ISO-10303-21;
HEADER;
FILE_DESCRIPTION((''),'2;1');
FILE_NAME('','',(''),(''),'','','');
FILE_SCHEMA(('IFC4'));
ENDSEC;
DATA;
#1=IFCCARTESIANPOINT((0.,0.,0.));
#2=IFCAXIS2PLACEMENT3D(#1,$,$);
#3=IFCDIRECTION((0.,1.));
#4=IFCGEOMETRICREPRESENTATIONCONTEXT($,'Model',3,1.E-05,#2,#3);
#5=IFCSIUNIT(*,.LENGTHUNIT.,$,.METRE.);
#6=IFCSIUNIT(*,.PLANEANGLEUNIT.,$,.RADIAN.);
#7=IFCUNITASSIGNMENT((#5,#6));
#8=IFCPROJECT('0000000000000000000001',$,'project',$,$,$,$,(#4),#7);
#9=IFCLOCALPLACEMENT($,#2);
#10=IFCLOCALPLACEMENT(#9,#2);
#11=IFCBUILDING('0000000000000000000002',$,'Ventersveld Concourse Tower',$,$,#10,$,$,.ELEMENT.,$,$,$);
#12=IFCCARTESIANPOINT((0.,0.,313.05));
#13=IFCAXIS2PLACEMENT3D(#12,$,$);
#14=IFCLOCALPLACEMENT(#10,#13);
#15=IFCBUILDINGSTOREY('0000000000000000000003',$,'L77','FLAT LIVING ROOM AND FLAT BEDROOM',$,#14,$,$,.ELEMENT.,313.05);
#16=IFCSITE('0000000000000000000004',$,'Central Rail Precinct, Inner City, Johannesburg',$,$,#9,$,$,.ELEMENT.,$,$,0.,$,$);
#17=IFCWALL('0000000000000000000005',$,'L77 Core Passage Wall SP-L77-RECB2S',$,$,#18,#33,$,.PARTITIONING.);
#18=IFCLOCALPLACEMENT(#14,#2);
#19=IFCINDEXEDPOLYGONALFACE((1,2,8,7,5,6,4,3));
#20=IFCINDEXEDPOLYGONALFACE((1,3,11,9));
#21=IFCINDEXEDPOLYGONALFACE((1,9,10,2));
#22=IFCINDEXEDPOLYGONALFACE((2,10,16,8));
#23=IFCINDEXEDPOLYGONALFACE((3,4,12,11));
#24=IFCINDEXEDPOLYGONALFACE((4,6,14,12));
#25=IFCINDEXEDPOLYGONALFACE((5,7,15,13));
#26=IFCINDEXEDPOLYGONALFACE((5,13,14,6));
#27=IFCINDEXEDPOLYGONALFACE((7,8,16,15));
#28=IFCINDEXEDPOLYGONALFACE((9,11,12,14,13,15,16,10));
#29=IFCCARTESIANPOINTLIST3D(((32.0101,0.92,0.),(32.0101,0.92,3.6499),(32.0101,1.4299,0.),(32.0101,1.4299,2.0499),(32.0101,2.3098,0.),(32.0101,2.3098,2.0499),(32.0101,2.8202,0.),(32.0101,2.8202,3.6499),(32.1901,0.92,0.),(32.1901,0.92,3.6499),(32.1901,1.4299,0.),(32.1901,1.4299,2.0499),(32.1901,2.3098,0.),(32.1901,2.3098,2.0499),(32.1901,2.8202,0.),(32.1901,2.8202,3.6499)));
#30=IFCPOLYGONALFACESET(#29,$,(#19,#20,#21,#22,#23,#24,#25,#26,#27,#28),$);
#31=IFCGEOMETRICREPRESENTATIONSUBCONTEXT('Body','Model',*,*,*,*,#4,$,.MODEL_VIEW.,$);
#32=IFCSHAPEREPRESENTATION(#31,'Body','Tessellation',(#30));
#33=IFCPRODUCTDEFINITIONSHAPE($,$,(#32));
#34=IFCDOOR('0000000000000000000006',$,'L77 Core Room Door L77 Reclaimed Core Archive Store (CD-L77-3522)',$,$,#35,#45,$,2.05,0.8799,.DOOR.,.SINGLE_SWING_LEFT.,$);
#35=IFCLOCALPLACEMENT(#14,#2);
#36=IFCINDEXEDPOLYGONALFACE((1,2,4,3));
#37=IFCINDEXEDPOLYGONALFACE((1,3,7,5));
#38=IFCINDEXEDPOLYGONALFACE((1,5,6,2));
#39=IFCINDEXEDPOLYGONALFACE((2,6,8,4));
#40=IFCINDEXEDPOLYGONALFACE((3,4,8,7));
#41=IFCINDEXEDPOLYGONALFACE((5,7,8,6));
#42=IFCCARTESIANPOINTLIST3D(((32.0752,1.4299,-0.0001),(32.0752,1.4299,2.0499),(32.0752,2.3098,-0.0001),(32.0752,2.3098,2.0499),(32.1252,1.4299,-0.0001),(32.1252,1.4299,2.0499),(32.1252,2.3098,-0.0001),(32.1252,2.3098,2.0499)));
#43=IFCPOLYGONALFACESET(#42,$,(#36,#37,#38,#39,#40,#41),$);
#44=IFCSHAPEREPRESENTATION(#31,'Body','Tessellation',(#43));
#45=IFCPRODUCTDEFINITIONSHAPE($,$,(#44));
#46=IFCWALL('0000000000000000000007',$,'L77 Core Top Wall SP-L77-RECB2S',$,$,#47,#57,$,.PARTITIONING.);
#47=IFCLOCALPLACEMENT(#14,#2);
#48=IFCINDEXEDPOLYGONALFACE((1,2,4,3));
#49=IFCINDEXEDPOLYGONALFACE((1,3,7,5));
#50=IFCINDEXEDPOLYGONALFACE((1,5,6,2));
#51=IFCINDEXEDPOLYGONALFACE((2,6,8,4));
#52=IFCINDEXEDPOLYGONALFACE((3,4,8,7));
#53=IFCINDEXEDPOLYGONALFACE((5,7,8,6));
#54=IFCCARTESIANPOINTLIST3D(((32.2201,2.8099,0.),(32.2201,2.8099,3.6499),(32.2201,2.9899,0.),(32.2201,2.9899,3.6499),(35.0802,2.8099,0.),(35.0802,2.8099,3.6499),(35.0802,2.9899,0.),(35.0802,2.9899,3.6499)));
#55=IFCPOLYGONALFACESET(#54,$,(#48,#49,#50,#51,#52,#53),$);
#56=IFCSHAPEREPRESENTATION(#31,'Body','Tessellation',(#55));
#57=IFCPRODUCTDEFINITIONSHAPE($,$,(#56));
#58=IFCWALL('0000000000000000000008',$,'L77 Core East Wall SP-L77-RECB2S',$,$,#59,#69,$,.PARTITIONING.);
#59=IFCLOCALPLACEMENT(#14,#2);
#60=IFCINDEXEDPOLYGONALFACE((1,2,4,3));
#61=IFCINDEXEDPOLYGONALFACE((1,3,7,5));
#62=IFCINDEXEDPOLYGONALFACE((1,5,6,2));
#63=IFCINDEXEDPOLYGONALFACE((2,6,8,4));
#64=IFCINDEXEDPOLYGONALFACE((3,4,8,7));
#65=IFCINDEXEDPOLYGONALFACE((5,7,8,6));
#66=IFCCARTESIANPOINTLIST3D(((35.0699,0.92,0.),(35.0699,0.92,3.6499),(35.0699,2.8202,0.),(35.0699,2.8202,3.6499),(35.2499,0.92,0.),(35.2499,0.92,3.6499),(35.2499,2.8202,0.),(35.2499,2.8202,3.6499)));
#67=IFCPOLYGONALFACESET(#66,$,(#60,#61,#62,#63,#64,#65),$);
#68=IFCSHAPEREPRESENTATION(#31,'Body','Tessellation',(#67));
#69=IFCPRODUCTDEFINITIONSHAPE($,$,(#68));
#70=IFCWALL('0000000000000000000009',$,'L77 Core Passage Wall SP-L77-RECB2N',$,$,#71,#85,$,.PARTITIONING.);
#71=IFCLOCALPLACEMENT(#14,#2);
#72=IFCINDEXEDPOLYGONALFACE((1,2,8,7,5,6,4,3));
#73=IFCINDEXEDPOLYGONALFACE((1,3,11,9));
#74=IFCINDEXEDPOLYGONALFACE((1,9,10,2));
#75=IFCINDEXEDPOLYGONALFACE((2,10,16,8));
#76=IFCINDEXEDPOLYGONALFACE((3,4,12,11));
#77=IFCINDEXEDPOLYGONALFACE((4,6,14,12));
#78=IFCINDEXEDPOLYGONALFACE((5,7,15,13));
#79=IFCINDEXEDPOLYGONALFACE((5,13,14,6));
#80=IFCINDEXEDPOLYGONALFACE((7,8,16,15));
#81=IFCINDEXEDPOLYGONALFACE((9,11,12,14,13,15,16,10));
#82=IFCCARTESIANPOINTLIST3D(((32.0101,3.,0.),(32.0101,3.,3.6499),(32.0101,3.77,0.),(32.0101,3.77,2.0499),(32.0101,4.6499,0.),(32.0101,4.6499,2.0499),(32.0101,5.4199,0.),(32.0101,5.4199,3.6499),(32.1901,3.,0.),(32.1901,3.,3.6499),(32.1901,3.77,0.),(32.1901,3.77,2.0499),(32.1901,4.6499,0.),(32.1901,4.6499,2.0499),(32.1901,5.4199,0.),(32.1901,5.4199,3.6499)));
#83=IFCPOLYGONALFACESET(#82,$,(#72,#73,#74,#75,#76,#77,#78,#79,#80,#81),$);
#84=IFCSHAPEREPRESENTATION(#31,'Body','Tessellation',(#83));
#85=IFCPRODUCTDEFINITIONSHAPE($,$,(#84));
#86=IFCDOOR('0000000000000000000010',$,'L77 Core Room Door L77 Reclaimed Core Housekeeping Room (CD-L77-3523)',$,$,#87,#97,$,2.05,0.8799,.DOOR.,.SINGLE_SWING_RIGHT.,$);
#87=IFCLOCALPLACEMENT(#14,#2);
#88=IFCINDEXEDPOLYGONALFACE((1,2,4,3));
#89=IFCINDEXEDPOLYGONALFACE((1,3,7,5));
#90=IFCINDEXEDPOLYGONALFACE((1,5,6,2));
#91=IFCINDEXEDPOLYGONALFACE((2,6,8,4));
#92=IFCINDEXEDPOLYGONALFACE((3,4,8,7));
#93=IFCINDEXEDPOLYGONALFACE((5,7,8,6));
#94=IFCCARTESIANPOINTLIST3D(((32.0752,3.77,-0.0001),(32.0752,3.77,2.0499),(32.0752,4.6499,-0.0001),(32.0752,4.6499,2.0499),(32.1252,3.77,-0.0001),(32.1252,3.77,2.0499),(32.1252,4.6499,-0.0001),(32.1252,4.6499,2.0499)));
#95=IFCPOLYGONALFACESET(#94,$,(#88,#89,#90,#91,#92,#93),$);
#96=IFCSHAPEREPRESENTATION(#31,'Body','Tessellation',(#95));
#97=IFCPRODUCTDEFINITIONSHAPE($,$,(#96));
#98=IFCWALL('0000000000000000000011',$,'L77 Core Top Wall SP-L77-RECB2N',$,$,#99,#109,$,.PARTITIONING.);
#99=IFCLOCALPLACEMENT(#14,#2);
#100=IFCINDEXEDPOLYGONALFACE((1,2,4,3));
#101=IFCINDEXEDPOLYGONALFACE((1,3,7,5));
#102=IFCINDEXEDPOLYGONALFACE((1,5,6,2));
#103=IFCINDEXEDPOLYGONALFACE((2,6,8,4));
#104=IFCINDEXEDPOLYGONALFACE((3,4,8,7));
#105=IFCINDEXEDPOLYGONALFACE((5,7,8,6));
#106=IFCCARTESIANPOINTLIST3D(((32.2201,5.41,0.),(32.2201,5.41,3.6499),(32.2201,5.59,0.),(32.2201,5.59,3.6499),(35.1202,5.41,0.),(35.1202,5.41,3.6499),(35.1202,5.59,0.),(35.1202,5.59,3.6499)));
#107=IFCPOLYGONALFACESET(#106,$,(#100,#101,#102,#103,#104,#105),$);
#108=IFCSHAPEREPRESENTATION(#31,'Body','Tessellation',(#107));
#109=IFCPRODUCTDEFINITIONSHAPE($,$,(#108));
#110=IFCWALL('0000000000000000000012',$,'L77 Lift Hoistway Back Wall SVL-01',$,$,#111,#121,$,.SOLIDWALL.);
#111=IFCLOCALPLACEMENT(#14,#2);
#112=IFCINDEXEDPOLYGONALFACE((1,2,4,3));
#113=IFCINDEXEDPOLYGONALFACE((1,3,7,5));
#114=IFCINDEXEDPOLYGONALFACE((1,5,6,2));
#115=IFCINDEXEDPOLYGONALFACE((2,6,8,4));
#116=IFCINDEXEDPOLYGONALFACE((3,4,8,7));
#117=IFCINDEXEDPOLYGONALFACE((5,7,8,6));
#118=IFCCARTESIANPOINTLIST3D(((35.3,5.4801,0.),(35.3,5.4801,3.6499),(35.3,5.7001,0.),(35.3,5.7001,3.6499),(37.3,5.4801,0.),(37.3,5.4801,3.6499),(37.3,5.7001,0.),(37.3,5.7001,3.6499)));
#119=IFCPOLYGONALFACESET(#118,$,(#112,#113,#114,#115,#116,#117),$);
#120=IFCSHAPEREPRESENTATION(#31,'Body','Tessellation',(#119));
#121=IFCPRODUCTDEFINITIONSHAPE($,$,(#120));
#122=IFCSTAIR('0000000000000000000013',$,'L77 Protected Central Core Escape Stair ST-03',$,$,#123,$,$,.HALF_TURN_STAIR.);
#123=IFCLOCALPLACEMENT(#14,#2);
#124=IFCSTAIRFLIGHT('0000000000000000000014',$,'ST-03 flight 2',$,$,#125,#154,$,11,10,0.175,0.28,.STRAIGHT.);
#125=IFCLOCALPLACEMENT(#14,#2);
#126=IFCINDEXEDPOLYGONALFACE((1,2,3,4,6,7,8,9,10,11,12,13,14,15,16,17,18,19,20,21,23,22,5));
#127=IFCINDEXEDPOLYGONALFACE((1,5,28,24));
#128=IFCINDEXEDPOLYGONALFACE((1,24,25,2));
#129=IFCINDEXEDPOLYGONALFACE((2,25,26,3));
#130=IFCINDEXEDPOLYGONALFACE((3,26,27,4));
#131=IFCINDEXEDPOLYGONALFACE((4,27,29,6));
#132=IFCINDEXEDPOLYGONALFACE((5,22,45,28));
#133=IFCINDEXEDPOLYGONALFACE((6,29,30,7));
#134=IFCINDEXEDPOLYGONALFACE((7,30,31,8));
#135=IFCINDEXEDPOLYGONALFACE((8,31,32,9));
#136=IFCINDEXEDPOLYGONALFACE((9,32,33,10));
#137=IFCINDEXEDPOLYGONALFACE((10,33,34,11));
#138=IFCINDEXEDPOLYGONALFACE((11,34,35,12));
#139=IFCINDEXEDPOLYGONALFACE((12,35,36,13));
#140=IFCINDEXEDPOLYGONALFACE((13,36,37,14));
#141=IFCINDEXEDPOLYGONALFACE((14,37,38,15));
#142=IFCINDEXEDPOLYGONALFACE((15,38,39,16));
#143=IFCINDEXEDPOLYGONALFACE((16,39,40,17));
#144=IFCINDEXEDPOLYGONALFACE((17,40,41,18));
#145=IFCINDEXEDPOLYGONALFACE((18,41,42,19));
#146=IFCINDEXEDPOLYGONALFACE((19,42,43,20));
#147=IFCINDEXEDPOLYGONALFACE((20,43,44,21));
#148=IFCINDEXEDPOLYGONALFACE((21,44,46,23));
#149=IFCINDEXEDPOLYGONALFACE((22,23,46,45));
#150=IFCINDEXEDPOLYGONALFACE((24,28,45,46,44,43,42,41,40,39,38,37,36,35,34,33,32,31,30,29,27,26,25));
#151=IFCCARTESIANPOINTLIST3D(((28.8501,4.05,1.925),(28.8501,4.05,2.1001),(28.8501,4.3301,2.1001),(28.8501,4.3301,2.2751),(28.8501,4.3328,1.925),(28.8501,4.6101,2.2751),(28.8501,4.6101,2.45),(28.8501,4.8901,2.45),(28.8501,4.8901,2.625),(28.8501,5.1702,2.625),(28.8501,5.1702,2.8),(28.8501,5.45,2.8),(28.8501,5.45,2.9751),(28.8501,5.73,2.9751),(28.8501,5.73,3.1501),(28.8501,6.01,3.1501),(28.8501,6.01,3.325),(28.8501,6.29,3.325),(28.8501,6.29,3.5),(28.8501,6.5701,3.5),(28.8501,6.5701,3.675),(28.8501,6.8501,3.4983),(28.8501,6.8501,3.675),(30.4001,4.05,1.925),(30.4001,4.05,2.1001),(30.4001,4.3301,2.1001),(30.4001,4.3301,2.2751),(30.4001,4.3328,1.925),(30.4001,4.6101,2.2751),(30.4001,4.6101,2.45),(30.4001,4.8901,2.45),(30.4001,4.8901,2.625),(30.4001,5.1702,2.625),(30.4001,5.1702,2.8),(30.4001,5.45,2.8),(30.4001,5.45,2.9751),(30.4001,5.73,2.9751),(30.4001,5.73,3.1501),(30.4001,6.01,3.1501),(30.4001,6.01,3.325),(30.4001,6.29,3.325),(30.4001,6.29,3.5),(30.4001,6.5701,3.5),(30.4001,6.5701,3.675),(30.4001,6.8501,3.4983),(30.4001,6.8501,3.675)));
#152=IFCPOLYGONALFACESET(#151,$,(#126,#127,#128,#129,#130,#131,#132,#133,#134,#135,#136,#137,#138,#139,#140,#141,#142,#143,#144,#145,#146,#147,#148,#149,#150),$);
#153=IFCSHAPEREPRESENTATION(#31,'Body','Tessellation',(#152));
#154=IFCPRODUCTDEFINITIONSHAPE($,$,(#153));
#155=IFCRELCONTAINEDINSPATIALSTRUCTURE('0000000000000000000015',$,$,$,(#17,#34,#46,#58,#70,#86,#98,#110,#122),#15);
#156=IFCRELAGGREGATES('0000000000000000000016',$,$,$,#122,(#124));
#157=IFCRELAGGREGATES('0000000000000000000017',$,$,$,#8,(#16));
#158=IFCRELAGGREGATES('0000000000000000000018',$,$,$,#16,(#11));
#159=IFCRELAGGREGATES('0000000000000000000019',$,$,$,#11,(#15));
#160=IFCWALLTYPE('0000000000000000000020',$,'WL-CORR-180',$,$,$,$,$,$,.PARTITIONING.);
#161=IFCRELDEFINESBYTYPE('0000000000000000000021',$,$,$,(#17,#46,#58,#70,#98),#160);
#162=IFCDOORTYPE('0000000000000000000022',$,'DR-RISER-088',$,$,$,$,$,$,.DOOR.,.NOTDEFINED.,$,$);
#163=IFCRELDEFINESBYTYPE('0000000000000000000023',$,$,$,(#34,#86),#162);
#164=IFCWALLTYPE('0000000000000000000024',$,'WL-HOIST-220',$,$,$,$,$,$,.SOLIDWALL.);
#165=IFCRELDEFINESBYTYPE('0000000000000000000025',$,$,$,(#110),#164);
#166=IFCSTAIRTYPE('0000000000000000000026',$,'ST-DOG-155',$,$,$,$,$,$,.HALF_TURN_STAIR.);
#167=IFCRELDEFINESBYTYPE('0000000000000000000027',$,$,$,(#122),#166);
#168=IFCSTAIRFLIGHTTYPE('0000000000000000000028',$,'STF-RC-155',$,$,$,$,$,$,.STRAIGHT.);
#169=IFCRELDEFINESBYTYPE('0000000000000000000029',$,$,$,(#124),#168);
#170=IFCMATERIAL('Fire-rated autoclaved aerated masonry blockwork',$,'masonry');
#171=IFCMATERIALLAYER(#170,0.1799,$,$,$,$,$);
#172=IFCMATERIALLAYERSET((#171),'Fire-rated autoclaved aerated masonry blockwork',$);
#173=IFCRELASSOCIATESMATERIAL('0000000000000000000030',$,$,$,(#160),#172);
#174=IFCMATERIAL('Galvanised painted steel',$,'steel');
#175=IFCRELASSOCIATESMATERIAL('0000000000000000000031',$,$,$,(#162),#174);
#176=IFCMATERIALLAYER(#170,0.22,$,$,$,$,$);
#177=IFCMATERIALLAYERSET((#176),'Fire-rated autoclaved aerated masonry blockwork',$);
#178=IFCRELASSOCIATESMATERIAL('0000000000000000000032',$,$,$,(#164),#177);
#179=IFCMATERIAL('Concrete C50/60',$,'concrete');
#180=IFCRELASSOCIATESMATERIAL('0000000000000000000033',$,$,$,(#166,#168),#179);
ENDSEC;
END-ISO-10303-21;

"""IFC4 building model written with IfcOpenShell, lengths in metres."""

from ifc_helpers import new_model, si_unit, direction, frame, frame_2d, origin, place, context, subcontext, project, spatial, polyline, rectangle, outline, extrude, material, layer, layer_set, type_object, element, fill, aggregate, save


model = new_model("IFC4")

# Units and contexts
model_context = context("Model", 3, precision=1e-05, world=origin(), true_north=direction((0.0, 1.0)))
body_context = subcontext(model_context, "Body", "Model", "MODEL_VIEW")
ifc_project = project(units=[si_unit("LENGTHUNIT", "METRE"), si_unit("PLANEANGLEUNIT", "RADIAN")], contexts=[model_context])

# Site, building, storey
site_placement = place(None, origin())
site = spatial("IfcSite", under=ifc_project, at=site_placement, Name="Central Rail Precinct, Inner City, Johannesburg", CompositionType="ELEMENT", RefElevation=0.0)
building_placement = place(site_placement, origin())
building = spatial("IfcBuilding", under=site, at=building_placement, Name="Ventersveld Concourse Tower", CompositionType="ELEMENT")
storey_placement = place(building_placement, frame((0.0, 0.0, 313.05)))
storey = spatial("IfcBuildingStorey", under=building, at=storey_placement, Name="L77", Description="FLAT LIVING ROOM AND FLAT BEDROOM", CompositionType="ELEMENT", Elevation=313.05)

# Shared definitions
ifc_material_1 = material(Name="Concrete C50/60", Category="concrete")

# Wall, opening, door
ifc_material_2 = material(Name="Fire-rated autoclaved aerated masonry blockwork", Category="masonry")
ifc_layer_1 = layer(ifc_material_2, 0.1799)
ifc_layer_set_1 = layer_set([ifc_layer_1], Name="Fire-rated autoclaved aerated masonry blockwork")
wall_type_1 = type_object("IfcWallType", Name="WL-CORR-180", PredefinedType="PARTITIONING", material=ifc_layer_set_1)
wall_1_placement = place(storey_placement, frame((32.1001, 0.9199, 0.0), z_axis=(0.0, 0.0, 1.0), x_axis=(0.0, 1.0, 0.0)))
wall_1 = element("IfcWall", 1, at=wall_1_placement, inside=storey, type_object=wall_type_1, Name="L77 Core Passage Wall SP-L77-RECB2S", PredefinedType="PARTITIONING", context=body_context, shape_type="SweptSolid", body=[
    extrude(rectangle(XDim=1.9001, YDim=0.1799, at=frame_2d((0.9502, 0.0))), origin(), (0.0, 0.0, 1.0), 3.6499),
])
opening_1_placement = place(wall_1_placement, frame((0.51, 0.0, 0.0)))
opening_1 = element("IfcOpeningElement", 2, at=opening_1_placement, cuts=wall_1, PredefinedType="OPENING", context=body_context, shape_type="SweptSolid", body=[
    extrude(rectangle(XDim=0.8799, YDim=2.05, at=frame_2d((0.4399, 1.0249))), frame((0.0, 0.1001, 0.0), z_axis=(0.0, -1.0, 0.0), x_axis=(1.0, 0.0, 0.0)), (0.0, 0.0, 1.0), 0.2),
])
ifc_material_3 = material(Name="Galvanised painted steel", Category="steel")
door_type = type_object("IfcDoorType", Name="DR-RISER-088", OperationType="NOTDEFINED", PredefinedType="DOOR", material=ifc_material_3)
door_1_placement = place(opening_1_placement, origin())
door_1 = element("IfcDoor", 3, at=door_1_placement, inside=storey, type_object=door_type, Name="L77 Core Room Door L77 Reclaimed Core Archive Store (CD-L77-3522)", OperationType="SINGLE_SWING_LEFT", OverallHeight=2.05, OverallWidth=0.8799, PredefinedType="DOOR", context=body_context, shape_type="SweptSolid", body=[
    extrude(rectangle(XDim=0.8799, YDim=2.05, at=frame_2d((0.4399, 1.0249))), frame((0.0, 0.0249, 0.0), z_axis=(0.0, -1.0, 0.0), x_axis=(1.0, 0.0, 0.0)), (0.0, 0.0, 1.0), 0.05),
])
fill(opening_1, door_1)

# Walls
wall_2_placement = place(storey_placement, frame((32.22, 2.8999, 0.0), z_axis=(0.0, 0.0, 1.0), x_axis=(1.0, 0.0, 0.0)))
element("IfcWall", 4, at=wall_2_placement, inside=storey, type_object=wall_type_1, Name="L77 Core Top Wall SP-L77-RECB2S", PredefinedType="PARTITIONING", context=body_context, shape_type="SweptSolid", body=[
    extrude(rectangle(XDim=2.8601, YDim=0.1799, at=frame_2d((1.4302, 0.0))), origin(), (0.0, 0.0, 1.0), 3.6499),
])
wall_3_placement = place(storey_placement, frame((35.1599, 0.9199, 0.0), z_axis=(0.0, 0.0, 1.0), x_axis=(0.0, 1.0, 0.0)))
element("IfcWall", 5, at=wall_3_placement, inside=storey, type_object=wall_type_1, Name="L77 Core East Wall SP-L77-RECB2S", PredefinedType="PARTITIONING", context=body_context, shape_type="SweptSolid", body=[
    extrude(rectangle(XDim=1.9001, YDim=0.1799, at=frame_2d((0.9502, 0.0))), origin(), (0.0, 0.0, 1.0), 3.6499),
])

# Wall, opening, door
wall_4_placement = place(storey_placement, frame((32.1001, 3.0, 0.0), z_axis=(0.0, 0.0, 1.0), x_axis=(0.0, 1.0, 0.0)))
wall_4 = element("IfcWall", 6, at=wall_4_placement, inside=storey, type_object=wall_type_1, Name="L77 Core Passage Wall SP-L77-RECB2N", PredefinedType="PARTITIONING", context=body_context, shape_type="SweptSolid", body=[
    extrude(rectangle(XDim=2.4199, YDim=0.1799, at=frame_2d((1.21, 0.0))), origin(), (0.0, 0.0, 1.0), 3.6499),
])
opening_2_placement = place(wall_4_placement, frame((0.77, 0.0, 0.0)))
opening_2 = element("IfcOpeningElement", 7, at=opening_2_placement, cuts=wall_4, PredefinedType="OPENING", context=body_context, shape_type="SweptSolid", body=[
    extrude(rectangle(XDim=0.8799, YDim=2.05, at=frame_2d((0.4399, 1.0249))), frame((0.0, 0.1001, 0.0), z_axis=(0.0, -1.0, 0.0), x_axis=(1.0, 0.0, 0.0)), (0.0, 0.0, 1.0), 0.2),
])
door_2_placement = place(opening_2_placement, origin())
door_2 = element("IfcDoor", 8, at=door_2_placement, inside=storey, type_object=door_type, Name="L77 Core Room Door L77 Reclaimed Core Housekeeping Room (CD-L77-3523)", OperationType="SINGLE_SWING_RIGHT", OverallHeight=2.05, OverallWidth=0.8799, PredefinedType="DOOR", context=body_context, shape_type="SweptSolid", body=[
    extrude(rectangle(XDim=0.8799, YDim=2.05, at=frame_2d((0.4399, 1.0249))), frame((0.0, 0.0249, 0.0), z_axis=(0.0, -1.0, 0.0), x_axis=(1.0, 0.0, 0.0)), (0.0, 0.0, 1.0), 0.05),
])
fill(opening_2, door_2)

# Walls
wall_5_placement = place(storey_placement, frame((32.22, 5.5, 0.0), z_axis=(0.0, 0.0, 1.0), x_axis=(1.0, 0.0, 0.0)))
element("IfcWall", 9, at=wall_5_placement, inside=storey, type_object=wall_type_1, Name="L77 Core Top Wall SP-L77-RECB2N", PredefinedType="PARTITIONING", context=body_context, shape_type="SweptSolid", body=[
    extrude(rectangle(XDim=2.9001, YDim=0.1799, at=frame_2d((1.4502, 0.0))), origin(), (0.0, 0.0, 1.0), 3.6499),
])
ifc_layer_2 = layer(ifc_material_2, 0.22)
ifc_layer_set_2 = layer_set([ifc_layer_2], Name="Fire-rated autoclaved aerated masonry blockwork")
wall_type_2 = type_object("IfcWallType", Name="WL-HOIST-220", PredefinedType="SOLIDWALL", material=ifc_layer_set_2)
wall_6_placement = place(storey_placement, frame((35.3, 5.5901, 0.0), z_axis=(0.0, 0.0, 1.0), x_axis=(1.0, 0.0, 0.0)))
element("IfcWall", 10, at=wall_6_placement, inside=storey, type_object=wall_type_2, Name="L77 Lift Hoistway Back Wall SVL-01", PredefinedType="SOLIDWALL", context=body_context, shape_type="SweptSolid", body=[
    extrude(rectangle(XDim=2.0, YDim=0.22, at=frame_2d((1.0, 0.0))), origin(), (0.0, 0.0, 1.0), 3.6499),
])

# Stair, stair flight
stair_type = type_object("IfcStairType", Name="ST-DOG-155", PredefinedType="HALF_TURN_STAIR", material=ifc_material_1)
stair_placement = place(storey_placement, origin())
stair = element("IfcStair", 11, at=stair_placement, inside=storey, type_object=stair_type, Name="L77 Protected Central Core Escape Stair ST-03", PredefinedType="HALF_TURN_STAIR")
stair_flight_type = type_object("IfcStairFlightType", Name="STF-RC-155", PredefinedType="STRAIGHT", material=ifc_material_1)
stair_flight_placement = place(storey_placement, frame((29.625, 4.05, 1.925), z_axis=(0.0, 0.0, 1.0), x_axis=(0.0, 1.0, 0.0)))
stair_flight = element("IfcStairFlight", 12, at=stair_flight_placement, type_object=stair_flight_type, Name="ST-03 flight 2", NumberOfRisers=11, NumberOfTreads=10, PredefinedType="STRAIGHT", RiserHeight=0.175, TreadLength=0.28, context=body_context, shape_type="SweptSolid", body=[
    extrude(outline(polyline([(0.0, 0.0), (0.0, 0.175), (0.28, 0.175), (0.28, 0.3501), (0.5601, 0.3501), (0.5601, 0.5249), (0.8401, 0.5249), (0.8401, 0.7), (1.1201, 0.7), (1.1201, 0.875), (1.3999, 0.875), (1.3999, 1.05), (1.6799, 1.05), (1.6799, 1.2251), (1.96, 1.2251), (1.96, 1.3999), (2.24, 1.3999), (2.24, 1.575), (2.52, 1.575), (2.52, 1.75), (2.8, 1.75), (2.8, 1.925), (2.8, 1.5732), (0.2827, 0.0), (0.0, 0.0)])), frame((0.0, 0.7749, 0.0), z_axis=(0.0, -1.0, 0.0), x_axis=(1.0, 0.0, 0.0)), (0.0, 0.0, 1.0), 1.55),
])
aggregate(stair, [stair_flight])

save(model, "model.ifc")
